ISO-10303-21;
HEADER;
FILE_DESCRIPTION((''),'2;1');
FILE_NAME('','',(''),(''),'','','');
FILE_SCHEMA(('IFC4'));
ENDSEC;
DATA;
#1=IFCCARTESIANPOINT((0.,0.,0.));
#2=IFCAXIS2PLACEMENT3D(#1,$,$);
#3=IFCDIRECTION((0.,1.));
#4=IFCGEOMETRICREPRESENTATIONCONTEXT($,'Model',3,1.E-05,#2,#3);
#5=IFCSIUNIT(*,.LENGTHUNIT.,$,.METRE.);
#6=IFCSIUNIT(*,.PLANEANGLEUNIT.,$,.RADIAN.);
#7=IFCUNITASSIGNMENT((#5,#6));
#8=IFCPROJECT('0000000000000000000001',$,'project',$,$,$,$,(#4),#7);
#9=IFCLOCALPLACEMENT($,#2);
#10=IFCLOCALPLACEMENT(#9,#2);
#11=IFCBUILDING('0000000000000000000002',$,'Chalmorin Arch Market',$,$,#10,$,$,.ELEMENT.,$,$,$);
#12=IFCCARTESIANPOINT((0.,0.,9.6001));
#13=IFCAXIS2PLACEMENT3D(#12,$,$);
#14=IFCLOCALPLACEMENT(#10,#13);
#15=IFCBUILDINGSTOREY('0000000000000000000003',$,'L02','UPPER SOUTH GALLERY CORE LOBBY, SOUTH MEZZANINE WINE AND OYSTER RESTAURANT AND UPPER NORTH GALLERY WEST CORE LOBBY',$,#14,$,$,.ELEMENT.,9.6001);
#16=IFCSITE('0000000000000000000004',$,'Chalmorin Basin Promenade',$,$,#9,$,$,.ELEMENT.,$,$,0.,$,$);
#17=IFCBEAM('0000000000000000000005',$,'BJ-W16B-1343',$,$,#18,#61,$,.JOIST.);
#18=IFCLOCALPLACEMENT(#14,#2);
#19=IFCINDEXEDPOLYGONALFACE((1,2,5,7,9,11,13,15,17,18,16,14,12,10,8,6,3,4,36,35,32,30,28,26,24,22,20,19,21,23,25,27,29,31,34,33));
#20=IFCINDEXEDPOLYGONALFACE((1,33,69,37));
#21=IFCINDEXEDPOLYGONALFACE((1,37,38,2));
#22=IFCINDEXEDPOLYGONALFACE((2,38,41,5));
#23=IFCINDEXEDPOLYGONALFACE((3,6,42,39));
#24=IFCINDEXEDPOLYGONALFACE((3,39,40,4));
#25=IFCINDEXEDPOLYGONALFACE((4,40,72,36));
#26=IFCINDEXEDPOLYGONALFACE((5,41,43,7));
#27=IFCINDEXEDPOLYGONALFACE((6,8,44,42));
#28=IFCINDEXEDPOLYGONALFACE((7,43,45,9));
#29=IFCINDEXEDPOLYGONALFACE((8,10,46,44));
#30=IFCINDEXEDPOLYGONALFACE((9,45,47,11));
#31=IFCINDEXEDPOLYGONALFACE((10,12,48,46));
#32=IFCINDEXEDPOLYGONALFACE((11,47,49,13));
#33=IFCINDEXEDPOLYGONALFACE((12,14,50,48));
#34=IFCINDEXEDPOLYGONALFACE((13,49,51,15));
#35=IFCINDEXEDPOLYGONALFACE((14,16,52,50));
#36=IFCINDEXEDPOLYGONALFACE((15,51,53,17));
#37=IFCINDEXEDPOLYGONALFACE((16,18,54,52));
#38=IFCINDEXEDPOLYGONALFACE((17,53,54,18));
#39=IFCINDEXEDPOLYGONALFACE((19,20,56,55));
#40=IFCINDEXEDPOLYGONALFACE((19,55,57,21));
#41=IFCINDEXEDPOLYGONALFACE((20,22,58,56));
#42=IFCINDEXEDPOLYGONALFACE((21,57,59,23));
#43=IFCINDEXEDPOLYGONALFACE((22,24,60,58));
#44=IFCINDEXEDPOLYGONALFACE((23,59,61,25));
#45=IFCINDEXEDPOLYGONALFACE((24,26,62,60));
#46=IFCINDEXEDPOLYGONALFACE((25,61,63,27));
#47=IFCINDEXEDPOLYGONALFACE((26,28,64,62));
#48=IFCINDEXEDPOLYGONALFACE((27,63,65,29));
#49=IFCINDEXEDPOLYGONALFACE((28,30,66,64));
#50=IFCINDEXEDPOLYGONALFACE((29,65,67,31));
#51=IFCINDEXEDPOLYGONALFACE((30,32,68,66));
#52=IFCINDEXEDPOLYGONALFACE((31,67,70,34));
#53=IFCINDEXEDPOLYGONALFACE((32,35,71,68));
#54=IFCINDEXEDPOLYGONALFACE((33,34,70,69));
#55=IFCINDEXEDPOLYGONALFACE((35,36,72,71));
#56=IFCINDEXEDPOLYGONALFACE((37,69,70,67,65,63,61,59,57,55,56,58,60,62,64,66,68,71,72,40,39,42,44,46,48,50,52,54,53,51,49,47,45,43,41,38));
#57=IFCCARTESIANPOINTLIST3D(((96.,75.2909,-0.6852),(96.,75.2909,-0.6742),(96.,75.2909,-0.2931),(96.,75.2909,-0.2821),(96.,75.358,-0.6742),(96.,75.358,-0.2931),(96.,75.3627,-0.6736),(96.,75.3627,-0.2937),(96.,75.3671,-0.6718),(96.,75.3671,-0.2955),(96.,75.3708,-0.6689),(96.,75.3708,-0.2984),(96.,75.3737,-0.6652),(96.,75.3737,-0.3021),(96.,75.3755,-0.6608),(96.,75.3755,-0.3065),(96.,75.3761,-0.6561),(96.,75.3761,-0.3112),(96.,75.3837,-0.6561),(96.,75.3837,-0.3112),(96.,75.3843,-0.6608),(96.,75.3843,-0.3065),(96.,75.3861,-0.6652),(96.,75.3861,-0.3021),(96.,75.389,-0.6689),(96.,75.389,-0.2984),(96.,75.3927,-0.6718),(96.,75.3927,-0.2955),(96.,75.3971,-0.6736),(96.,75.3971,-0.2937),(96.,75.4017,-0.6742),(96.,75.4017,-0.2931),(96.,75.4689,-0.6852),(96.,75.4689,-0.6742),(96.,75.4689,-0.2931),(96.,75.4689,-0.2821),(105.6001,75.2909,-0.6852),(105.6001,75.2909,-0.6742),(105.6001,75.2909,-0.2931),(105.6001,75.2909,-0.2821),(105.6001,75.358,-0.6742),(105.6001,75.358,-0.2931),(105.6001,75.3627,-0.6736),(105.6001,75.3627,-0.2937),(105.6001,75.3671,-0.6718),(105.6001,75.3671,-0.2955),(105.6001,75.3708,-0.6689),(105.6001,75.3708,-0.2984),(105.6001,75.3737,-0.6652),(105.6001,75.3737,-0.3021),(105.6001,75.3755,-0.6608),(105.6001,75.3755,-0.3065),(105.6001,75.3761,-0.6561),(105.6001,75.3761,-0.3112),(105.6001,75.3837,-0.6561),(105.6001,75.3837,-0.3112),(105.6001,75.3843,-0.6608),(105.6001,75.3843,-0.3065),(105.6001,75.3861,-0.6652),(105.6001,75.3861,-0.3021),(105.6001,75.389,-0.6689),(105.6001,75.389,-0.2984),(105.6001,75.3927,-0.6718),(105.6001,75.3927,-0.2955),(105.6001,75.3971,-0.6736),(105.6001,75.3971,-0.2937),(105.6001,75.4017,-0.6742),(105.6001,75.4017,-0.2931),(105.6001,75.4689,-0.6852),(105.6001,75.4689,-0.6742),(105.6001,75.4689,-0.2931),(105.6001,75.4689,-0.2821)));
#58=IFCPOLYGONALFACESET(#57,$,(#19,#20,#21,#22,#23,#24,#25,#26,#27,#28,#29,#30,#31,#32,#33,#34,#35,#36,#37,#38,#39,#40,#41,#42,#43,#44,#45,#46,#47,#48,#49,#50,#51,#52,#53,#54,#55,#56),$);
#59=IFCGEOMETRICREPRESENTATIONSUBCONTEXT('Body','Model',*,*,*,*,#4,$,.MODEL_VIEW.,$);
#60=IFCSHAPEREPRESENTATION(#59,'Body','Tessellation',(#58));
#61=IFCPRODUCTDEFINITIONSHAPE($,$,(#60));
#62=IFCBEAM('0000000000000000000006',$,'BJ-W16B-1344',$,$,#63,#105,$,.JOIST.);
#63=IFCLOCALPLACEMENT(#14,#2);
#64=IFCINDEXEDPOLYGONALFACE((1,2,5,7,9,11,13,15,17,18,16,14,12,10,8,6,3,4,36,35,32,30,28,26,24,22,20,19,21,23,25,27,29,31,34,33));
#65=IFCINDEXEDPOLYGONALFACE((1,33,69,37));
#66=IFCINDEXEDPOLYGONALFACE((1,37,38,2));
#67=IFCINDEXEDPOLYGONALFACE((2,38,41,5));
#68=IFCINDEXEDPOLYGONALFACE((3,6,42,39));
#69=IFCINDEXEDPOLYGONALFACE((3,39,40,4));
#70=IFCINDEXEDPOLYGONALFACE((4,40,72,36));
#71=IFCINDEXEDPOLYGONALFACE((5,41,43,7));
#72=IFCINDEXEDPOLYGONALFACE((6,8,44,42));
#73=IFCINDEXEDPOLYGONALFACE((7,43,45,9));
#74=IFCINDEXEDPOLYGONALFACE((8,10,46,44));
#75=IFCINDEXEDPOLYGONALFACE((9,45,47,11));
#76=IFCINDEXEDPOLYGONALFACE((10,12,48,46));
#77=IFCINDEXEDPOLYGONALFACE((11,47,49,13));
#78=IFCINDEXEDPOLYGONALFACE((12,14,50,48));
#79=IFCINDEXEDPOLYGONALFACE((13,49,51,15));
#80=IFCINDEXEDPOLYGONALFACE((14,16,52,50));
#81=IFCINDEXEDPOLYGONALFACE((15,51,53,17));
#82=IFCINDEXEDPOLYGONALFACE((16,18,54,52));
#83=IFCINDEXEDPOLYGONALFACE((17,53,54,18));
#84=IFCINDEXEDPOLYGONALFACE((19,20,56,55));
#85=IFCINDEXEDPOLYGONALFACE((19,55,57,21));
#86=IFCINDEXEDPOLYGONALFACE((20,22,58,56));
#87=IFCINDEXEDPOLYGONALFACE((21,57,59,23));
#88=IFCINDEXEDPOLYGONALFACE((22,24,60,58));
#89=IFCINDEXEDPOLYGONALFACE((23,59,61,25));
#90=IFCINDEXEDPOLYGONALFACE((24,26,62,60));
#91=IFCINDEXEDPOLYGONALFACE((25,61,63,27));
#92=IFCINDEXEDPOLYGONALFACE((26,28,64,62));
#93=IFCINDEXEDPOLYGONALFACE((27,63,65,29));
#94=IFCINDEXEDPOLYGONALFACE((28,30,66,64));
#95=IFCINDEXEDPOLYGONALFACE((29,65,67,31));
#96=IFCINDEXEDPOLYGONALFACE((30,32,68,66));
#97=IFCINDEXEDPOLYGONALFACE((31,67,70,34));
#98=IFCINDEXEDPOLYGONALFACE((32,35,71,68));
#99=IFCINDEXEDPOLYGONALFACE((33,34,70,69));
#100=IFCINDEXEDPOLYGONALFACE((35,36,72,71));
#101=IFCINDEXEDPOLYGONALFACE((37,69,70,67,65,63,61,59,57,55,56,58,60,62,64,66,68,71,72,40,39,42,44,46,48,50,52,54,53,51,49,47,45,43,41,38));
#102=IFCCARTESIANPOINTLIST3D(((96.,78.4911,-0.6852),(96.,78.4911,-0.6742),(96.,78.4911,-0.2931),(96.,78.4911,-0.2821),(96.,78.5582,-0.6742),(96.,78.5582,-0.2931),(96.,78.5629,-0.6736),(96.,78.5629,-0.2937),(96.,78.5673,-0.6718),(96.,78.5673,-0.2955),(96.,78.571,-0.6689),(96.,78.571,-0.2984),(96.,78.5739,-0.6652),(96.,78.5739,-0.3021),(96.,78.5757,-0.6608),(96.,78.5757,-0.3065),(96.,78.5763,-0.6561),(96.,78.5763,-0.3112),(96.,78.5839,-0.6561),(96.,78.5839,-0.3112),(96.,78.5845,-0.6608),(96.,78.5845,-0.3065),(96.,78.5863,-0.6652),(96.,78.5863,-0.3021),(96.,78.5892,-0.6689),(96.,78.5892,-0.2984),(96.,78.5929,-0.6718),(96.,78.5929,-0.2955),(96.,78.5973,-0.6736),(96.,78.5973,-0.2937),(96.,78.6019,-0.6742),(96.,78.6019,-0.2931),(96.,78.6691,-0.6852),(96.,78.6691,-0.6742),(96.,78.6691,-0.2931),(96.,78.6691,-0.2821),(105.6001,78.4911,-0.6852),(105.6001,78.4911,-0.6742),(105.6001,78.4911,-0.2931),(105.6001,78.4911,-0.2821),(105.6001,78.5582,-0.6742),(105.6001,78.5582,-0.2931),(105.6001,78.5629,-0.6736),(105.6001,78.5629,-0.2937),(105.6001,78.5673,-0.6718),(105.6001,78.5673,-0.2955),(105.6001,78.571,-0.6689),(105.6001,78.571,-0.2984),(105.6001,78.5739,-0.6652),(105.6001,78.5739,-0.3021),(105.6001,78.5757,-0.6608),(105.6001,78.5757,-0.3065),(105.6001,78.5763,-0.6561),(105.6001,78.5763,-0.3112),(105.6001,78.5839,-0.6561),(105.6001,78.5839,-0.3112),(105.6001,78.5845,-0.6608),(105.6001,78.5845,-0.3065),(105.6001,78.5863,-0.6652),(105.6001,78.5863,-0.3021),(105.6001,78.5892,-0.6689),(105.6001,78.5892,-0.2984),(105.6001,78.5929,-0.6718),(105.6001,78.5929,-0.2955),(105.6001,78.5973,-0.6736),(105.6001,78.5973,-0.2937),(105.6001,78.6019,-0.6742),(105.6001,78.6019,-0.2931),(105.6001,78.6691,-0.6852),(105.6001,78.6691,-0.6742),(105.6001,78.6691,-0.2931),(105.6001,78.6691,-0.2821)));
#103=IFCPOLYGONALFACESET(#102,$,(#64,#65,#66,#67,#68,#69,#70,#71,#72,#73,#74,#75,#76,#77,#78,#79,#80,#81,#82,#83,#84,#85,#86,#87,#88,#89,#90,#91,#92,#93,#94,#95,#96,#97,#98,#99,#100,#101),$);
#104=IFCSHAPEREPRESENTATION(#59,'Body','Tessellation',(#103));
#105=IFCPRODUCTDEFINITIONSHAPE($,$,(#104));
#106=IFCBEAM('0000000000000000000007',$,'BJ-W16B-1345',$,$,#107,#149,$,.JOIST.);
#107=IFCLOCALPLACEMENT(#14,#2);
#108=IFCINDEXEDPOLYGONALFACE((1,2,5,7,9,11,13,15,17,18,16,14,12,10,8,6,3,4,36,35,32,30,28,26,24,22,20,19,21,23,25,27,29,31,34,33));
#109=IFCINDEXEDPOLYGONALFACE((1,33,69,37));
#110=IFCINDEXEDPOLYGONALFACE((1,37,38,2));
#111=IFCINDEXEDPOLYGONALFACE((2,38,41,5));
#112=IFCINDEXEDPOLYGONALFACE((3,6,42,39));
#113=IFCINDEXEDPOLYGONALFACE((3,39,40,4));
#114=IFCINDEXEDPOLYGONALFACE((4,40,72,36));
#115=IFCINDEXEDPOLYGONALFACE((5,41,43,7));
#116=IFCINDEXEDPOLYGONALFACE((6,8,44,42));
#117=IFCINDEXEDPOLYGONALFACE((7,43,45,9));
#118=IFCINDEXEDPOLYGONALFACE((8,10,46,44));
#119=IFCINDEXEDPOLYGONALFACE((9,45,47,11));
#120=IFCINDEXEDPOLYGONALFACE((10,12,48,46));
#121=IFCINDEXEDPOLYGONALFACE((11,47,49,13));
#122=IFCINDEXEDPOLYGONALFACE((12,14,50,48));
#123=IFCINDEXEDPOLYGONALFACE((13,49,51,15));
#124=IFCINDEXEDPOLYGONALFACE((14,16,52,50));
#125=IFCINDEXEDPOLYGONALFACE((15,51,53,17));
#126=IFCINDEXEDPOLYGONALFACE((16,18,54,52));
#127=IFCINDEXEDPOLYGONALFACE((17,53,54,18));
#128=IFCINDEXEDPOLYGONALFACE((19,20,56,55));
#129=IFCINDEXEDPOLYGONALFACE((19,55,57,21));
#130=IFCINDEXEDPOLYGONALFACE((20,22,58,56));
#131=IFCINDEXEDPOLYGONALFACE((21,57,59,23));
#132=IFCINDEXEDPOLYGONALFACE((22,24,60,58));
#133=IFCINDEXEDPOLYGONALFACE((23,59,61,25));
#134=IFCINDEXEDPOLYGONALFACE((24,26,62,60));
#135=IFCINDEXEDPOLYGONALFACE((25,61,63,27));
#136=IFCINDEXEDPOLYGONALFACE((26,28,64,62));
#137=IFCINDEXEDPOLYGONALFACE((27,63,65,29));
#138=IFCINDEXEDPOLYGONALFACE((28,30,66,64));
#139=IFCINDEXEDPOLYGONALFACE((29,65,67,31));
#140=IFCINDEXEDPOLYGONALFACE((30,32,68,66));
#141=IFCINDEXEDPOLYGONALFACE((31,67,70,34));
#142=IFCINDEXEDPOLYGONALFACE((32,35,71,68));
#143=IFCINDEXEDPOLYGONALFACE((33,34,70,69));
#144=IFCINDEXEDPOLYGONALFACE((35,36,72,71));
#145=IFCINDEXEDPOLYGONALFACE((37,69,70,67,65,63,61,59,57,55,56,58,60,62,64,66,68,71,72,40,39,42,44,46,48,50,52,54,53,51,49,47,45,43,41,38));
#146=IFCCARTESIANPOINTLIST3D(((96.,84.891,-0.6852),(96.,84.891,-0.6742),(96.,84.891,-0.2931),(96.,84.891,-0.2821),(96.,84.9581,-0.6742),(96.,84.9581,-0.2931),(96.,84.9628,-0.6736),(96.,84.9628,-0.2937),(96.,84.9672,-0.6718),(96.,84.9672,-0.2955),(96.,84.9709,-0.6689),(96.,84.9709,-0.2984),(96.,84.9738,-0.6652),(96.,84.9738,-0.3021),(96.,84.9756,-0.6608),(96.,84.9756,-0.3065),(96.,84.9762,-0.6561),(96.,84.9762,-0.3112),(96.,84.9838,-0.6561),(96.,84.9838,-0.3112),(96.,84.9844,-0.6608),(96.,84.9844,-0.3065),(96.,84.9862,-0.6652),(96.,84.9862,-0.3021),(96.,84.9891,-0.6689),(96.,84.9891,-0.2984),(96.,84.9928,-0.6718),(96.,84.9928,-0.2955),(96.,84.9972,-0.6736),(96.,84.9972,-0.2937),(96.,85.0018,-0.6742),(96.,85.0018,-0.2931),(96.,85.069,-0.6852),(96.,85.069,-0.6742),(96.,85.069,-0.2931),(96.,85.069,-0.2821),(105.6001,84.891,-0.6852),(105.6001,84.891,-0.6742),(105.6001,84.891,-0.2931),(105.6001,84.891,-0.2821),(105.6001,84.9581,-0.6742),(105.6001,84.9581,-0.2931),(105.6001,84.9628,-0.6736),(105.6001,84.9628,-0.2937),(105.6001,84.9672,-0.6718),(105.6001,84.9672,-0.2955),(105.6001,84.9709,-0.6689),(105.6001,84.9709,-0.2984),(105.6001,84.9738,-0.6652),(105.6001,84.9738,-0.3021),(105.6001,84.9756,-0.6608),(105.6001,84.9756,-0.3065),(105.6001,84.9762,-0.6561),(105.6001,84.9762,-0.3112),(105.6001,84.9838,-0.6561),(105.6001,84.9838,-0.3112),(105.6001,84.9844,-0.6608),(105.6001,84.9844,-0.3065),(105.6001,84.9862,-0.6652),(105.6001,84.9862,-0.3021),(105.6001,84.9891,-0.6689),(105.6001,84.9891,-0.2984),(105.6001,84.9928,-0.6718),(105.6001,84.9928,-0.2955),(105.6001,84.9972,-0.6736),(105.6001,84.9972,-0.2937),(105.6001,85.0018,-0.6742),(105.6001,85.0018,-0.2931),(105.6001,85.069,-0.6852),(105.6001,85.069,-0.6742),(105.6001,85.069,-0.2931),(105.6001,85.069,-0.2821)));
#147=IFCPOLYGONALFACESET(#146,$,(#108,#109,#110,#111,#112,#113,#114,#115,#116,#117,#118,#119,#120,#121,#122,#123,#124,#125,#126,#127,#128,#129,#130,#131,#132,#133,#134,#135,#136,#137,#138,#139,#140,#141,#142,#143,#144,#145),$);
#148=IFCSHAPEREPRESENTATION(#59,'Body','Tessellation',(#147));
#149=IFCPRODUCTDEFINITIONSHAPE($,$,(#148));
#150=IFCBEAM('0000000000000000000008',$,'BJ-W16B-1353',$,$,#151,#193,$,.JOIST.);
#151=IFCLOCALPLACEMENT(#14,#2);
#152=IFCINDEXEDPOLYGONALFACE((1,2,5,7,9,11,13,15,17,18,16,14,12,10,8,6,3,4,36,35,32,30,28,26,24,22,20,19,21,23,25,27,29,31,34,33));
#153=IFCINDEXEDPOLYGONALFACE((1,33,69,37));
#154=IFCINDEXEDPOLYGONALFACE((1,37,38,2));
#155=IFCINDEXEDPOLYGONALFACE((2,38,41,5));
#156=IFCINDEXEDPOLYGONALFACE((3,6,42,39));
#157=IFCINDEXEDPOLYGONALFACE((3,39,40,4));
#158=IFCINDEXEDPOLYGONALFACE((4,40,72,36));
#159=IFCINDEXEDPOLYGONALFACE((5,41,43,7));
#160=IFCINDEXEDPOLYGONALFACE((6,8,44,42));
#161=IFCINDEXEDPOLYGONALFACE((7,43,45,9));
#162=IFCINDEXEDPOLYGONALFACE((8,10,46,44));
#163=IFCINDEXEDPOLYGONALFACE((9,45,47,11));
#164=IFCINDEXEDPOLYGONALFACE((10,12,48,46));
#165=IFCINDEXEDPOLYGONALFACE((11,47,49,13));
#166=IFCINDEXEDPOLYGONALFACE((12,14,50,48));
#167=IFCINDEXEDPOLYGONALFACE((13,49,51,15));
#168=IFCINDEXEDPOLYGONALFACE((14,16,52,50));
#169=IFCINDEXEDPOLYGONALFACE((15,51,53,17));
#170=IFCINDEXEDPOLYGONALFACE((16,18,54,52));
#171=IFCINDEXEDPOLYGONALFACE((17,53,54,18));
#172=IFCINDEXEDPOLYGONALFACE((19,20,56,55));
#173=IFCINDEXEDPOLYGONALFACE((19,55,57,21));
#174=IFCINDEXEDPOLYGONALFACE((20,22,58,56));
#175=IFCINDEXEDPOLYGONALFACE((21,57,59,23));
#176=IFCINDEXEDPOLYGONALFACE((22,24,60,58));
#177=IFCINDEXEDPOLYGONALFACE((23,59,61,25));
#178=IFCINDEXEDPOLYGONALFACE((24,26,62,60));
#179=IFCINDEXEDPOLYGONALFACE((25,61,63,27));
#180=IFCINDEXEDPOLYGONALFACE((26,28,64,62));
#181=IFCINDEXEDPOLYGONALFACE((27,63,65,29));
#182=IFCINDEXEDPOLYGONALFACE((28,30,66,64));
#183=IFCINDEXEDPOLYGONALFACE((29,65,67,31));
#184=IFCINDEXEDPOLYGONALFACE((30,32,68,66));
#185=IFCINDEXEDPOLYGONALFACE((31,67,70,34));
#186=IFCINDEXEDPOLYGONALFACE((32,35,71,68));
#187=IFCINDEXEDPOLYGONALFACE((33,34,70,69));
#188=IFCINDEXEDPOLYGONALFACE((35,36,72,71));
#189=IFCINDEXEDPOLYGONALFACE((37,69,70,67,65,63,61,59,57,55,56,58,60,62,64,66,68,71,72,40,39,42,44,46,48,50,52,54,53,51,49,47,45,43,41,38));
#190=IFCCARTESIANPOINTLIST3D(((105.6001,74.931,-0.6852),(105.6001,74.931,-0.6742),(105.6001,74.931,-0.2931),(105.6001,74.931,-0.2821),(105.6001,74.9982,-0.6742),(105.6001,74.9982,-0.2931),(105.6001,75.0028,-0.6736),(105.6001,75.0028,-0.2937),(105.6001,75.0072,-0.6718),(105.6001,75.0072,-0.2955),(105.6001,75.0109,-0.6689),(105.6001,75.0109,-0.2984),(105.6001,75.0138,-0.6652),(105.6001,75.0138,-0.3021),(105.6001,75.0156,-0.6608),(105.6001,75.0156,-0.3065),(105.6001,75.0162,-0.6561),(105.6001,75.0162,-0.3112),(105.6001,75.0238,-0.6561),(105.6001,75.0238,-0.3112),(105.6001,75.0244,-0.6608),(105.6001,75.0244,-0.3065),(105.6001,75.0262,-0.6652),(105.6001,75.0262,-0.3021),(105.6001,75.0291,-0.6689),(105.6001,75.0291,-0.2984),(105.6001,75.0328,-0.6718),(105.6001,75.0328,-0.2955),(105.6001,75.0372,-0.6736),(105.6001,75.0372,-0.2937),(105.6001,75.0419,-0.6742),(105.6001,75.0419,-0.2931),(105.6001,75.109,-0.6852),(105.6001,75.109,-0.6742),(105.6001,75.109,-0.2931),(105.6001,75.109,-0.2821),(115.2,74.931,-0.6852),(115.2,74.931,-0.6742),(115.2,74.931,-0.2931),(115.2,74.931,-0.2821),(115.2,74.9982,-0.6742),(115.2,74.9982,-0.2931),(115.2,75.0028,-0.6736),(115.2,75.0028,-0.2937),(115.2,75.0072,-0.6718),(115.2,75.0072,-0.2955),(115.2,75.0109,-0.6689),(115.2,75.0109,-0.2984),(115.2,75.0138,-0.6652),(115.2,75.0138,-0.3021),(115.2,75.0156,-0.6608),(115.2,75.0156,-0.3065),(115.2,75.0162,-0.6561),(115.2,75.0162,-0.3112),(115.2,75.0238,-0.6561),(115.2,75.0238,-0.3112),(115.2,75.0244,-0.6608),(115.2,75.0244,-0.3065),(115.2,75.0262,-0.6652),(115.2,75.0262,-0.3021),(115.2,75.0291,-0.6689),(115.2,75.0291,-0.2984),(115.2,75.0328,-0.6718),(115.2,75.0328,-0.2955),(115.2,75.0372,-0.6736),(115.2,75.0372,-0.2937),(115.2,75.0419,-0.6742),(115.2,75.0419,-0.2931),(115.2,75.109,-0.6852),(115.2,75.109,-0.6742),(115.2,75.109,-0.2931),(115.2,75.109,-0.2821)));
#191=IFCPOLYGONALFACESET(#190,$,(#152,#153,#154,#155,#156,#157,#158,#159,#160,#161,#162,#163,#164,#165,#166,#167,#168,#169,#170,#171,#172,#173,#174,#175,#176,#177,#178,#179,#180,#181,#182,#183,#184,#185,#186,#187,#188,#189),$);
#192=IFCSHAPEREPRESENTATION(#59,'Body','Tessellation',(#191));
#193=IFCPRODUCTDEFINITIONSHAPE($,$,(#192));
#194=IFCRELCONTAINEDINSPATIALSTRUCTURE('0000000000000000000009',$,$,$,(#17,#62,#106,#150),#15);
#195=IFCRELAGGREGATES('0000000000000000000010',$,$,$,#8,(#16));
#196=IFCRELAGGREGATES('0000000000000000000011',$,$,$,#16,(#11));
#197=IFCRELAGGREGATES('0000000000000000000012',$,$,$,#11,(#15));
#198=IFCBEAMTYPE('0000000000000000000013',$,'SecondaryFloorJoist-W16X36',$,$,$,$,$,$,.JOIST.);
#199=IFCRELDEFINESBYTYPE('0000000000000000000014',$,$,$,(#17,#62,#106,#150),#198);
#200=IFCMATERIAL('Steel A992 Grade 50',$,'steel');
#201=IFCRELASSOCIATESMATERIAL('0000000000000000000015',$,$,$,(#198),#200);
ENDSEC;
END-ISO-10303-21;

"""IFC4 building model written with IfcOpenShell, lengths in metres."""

from ifc_helpers import new_model, si_unit, direction, frame, origin, origin_2d, place, context, subcontext, project, spatial, i_section, extrude, material, material_profile, profile_set, type_object, element, save


model = new_model("IFC4")

# Units and contexts
model_context = context("Model", 3, precision=1e-05, world=origin(), true_north=direction((0.0, 1.0)))
body_context = subcontext(model_context, "Body", "Model", "MODEL_VIEW")
ifc_project = project(units=[si_unit("LENGTHUNIT", "METRE"), si_unit("PLANEANGLEUNIT", "RADIAN")], contexts=[model_context])

# Site, building, storey
site_placement = place(None, origin())
site = spatial("IfcSite", under=ifc_project, at=site_placement, Name="Chalmorin Basin Promenade", CompositionType="ELEMENT", RefElevation=0.0)
building_placement = place(site_placement, origin())
building = spatial("IfcBuilding", under=site, at=building_placement, Name="Chalmorin Arch Market", CompositionType="ELEMENT")
storey_placement = place(building_placement, frame((0.0, 0.0, 9.6001)))
storey = spatial("IfcBuildingStorey", under=building, at=storey_placement, Name="L02", Description="UPPER SOUTH GALLERY CORE LOBBY, SOUTH MEZZANINE WINE AND OYSTER RESTAURANT AND UPPER NORTH GALLERY WEST CORE LOBBY", CompositionType="ELEMENT", Elevation=9.6001)

# Beams
ifc_material_1 = material(Name="Steel A992 Grade 50", Category="steel")
ifc_material_profile_1 = material_profile(ifc_material_1, i_section(OverallWidth=0.178, OverallDepth=0.4031, WebThickness=0.0076, FlangeThickness=0.011, FilletRadius=0.0181, at=origin_2d()), Name="W16X36")
ifc_profile_set_1 = profile_set([ifc_material_profile_1], Name="Steel A992 Grade 50")
beam_type_1 = type_object("IfcBeamType", Name="SecondaryFloorJoist-W16X36", PredefinedType="JOIST", material=ifc_profile_set_1)
for number, where, z_axis, x_axis, name in (
    (1, (96.0, 75.3799, -0.4836), (1.0, 0.0, 0.0), (0.0, 1.0, 0.0), "BJ-W16B-1343"),
    (2, (96.0, 78.5801, -0.4836), (1.0, 0.0, 0.0), (0.0, 1.0, 0.0), "BJ-W16B-1344"),
    (3, (96.0, 84.98, -0.4836), (1.0, 0.0, 0.0), (0.0, 1.0, 0.0), "BJ-W16B-1345"),
):
    element("IfcBeam", number, at=place(storey_placement, frame(where, z_axis=z_axis, x_axis=x_axis)), inside=storey, type_object=beam_type_1, Name=name, PredefinedType="JOIST", context=body_context, shape_type="SweptSolid", body=[
        extrude(i_section(OverallWidth=0.178, OverallDepth=0.4031, WebThickness=0.0076, FlangeThickness=0.011, FilletRadius=0.0181, at=origin_2d()), origin(), (0.0, 0.0, 1.0), 9.6001),
    ])
for number, where, z_axis, x_axis, name in (
    (4, (105.6001, 75.02, -0.4836), (1.0, 0.0, 0.0), (0.0, 1.0, 0.0), "BJ-W16B-1353"),
):
    element("IfcBeam", number, at=place(storey_placement, frame(where, z_axis=z_axis, x_axis=x_axis)), inside=storey, type_object=beam_type_1, Name=name, PredefinedType="JOIST", context=body_context, shape_type="SweptSolid", body=[
        extrude(i_section(OverallWidth=0.178, OverallDepth=0.4031, WebThickness=0.0076, FlangeThickness=0.011, FilletRadius=0.0181, at=origin_2d()), origin(), (0.0, 0.0, 1.0), 9.5999),
    ])

save(model, "model.ifc")
